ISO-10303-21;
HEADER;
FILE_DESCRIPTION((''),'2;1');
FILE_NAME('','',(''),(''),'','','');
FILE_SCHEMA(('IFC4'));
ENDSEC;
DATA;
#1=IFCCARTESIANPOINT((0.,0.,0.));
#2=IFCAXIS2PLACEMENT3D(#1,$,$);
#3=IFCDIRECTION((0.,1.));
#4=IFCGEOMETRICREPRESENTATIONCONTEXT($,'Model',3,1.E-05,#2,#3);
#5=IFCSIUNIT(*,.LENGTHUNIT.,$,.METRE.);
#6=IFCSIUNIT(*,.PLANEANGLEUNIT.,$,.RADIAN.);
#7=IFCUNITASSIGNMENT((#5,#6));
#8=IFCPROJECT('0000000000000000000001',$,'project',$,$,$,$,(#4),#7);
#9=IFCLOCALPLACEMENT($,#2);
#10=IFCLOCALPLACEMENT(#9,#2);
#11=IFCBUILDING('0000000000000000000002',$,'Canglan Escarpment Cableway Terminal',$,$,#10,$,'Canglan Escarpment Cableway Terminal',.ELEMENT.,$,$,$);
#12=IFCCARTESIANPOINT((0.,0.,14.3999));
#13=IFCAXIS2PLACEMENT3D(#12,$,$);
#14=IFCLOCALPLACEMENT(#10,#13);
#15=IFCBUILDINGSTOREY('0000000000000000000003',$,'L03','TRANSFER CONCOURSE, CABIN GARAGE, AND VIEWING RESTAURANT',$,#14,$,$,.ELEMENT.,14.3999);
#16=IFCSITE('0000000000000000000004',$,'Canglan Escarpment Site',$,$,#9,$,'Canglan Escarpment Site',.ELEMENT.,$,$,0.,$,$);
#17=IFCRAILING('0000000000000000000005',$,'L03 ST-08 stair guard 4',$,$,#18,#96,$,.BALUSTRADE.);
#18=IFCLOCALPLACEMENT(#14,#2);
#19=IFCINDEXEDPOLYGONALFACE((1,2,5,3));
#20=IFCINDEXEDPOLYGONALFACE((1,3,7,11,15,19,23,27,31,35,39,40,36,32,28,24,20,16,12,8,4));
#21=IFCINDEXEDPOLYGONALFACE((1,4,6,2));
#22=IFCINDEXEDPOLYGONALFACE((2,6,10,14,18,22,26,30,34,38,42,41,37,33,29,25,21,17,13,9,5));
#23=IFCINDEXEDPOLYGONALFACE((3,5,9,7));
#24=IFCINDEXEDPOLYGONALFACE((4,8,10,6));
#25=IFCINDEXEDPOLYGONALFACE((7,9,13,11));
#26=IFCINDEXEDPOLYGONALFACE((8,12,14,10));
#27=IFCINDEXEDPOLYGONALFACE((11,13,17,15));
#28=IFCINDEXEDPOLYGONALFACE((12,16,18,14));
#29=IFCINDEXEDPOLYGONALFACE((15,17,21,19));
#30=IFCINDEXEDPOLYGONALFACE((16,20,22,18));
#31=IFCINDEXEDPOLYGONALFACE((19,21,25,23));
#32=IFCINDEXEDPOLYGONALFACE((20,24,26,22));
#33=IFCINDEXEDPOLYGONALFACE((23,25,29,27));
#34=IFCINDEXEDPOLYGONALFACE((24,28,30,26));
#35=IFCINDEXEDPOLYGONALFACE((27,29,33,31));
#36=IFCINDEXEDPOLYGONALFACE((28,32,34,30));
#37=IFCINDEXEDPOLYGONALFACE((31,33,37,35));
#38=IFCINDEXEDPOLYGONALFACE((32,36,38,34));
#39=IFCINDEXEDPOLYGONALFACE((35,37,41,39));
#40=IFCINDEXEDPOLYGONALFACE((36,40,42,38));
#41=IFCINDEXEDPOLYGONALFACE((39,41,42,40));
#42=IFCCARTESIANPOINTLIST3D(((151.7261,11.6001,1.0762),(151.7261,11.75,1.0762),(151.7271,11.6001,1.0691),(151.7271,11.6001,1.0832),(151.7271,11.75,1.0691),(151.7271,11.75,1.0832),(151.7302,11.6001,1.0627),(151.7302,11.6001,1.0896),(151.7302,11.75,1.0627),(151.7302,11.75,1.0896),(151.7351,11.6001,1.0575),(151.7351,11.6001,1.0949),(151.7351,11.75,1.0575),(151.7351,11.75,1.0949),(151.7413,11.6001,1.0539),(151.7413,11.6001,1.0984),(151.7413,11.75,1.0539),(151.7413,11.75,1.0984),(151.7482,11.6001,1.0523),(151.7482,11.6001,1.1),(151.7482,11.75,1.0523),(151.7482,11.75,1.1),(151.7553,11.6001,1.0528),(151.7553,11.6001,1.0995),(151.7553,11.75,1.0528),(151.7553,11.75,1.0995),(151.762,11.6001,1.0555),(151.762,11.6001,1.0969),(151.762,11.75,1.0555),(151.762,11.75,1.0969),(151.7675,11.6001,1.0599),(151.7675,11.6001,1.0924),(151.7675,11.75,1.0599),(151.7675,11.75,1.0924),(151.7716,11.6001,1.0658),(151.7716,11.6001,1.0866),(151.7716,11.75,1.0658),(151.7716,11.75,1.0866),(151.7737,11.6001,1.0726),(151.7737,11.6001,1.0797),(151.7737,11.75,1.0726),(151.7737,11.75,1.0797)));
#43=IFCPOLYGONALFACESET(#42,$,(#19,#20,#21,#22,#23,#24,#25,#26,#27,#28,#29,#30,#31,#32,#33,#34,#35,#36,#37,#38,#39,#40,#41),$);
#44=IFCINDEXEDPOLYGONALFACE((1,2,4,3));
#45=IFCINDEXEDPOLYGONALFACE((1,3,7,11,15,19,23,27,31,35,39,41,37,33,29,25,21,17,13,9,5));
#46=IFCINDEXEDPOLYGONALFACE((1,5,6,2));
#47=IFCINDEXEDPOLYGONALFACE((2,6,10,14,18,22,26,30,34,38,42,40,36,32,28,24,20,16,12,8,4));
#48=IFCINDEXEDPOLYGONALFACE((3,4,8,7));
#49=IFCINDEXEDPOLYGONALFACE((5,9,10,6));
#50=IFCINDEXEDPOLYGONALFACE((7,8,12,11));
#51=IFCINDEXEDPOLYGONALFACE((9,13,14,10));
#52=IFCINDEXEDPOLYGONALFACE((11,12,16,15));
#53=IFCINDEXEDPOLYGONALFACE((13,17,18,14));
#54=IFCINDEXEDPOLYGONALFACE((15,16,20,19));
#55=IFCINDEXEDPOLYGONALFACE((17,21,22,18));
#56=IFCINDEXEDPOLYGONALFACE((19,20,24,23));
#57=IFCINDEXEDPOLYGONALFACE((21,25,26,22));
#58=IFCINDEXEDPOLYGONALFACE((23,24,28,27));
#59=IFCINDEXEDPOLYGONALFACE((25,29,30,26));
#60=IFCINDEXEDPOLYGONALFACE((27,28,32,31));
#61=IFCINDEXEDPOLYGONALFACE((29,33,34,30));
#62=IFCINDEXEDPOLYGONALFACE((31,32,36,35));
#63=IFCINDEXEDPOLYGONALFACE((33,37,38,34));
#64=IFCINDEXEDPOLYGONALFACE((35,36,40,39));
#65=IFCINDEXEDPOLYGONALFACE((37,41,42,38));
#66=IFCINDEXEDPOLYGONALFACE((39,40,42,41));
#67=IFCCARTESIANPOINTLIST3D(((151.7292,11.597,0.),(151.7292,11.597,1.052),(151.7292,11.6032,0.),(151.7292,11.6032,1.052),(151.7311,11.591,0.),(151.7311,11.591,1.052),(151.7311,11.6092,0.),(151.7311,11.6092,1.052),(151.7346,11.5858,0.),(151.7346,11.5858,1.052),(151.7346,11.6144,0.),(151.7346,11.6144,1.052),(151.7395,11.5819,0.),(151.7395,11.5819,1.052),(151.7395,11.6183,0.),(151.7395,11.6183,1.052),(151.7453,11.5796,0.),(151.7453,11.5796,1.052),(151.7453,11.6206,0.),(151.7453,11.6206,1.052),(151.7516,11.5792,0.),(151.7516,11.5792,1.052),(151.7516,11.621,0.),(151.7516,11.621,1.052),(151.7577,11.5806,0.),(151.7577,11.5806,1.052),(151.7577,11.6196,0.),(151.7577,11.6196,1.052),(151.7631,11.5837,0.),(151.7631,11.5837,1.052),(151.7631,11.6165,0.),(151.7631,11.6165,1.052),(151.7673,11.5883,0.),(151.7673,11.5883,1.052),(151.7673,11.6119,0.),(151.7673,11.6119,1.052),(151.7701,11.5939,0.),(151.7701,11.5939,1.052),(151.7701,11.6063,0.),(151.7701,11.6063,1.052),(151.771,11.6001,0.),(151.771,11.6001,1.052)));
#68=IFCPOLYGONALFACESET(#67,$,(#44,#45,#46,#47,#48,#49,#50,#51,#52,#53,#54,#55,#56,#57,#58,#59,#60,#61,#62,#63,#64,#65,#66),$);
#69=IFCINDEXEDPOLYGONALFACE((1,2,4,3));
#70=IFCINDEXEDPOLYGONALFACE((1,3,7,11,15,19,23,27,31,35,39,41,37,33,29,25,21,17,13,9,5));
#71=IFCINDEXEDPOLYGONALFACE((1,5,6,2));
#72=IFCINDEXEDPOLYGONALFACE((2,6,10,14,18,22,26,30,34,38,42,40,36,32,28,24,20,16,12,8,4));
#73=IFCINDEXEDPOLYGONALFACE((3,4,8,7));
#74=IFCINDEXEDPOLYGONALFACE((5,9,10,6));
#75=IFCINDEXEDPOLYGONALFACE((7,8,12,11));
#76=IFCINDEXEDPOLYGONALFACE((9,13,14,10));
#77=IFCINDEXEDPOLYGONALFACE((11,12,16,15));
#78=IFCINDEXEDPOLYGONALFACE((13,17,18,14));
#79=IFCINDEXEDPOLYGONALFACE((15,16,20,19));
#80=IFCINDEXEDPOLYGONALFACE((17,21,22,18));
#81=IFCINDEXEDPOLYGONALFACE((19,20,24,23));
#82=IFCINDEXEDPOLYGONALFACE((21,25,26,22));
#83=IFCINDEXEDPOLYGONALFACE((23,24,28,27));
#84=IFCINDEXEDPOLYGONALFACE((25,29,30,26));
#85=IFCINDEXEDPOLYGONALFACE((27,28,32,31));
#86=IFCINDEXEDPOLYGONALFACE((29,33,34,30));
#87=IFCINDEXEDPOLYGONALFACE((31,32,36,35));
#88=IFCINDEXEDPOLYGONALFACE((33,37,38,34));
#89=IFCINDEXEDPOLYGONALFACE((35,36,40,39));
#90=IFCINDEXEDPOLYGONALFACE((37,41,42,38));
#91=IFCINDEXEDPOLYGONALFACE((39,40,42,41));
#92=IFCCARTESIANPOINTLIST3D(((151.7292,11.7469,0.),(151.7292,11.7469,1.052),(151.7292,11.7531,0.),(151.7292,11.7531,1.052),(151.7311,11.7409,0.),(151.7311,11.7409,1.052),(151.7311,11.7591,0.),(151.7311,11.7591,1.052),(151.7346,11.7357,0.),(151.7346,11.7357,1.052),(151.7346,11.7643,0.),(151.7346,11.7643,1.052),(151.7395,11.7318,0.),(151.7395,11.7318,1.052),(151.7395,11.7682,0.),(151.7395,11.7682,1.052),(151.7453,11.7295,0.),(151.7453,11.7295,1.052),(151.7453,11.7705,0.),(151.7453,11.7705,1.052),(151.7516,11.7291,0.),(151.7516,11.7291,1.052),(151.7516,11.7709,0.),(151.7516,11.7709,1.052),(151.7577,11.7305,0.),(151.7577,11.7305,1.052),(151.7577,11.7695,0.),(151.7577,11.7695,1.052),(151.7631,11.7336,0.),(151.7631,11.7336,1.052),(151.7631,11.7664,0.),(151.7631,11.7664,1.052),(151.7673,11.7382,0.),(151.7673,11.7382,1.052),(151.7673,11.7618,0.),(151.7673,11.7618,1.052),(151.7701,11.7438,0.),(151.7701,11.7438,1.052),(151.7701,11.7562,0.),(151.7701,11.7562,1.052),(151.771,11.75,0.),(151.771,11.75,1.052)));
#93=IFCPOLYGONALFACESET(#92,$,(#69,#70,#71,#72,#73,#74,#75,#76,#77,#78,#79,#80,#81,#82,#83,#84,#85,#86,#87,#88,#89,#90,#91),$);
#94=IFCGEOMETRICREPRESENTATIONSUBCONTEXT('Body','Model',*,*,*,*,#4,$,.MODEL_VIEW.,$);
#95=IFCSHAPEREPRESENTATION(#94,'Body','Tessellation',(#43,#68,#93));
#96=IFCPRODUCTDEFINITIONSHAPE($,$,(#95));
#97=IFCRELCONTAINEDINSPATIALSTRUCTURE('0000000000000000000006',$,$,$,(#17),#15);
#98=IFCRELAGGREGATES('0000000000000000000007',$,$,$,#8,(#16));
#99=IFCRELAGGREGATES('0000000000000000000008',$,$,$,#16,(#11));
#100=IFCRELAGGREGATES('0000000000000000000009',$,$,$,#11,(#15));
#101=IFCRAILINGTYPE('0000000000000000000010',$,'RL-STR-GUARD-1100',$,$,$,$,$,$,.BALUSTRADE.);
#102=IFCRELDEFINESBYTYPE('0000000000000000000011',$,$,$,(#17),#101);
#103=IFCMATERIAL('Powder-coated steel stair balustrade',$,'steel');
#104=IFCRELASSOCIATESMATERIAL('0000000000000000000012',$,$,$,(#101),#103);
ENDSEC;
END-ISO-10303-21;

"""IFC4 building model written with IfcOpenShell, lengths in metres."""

from ifc_helpers import new_model, si_unit, direction, frame, origin, origin_2d, place, context, subcontext, project, spatial, circle, extrude, material, type_object, element, save


model = new_model("IFC4")

# Units and contexts
model_context = context("Model", 3, precision=1e-05, world=origin(), true_north=direction((0.0, 1.0)))
body_context = subcontext(model_context, "Body", "Model", "MODEL_VIEW")
ifc_project = project(units=[si_unit("LENGTHUNIT", "METRE"), si_unit("PLANEANGLEUNIT", "RADIAN")], contexts=[model_context])

# Site, building, storey
site_placement = place(None, origin())
site = spatial("IfcSite", under=ifc_project, at=site_placement, Name="Canglan Escarpment Site", LongName="Canglan Escarpment Site", CompositionType="ELEMENT", RefElevation=0.0)
building_placement = place(site_placement, origin())
building = spatial("IfcBuilding", under=site, at=building_placement, Name="Canglan Escarpment Cableway Terminal", LongName="Canglan Escarpment Cableway Terminal", CompositionType="ELEMENT")
storey_placement = place(building_placement, frame((0.0, 0.0, 14.3999)))
storey = spatial("IfcBuildingStorey", under=building, at=storey_placement, Name="L03", Description="TRANSFER CONCOURSE, CABIN GARAGE, AND VIEWING RESTAURANT", CompositionType="ELEMENT", Elevation=14.3999)

# Railing
ifc_material_1 = material(Name="Powder-coated steel stair balustrade", Category="steel")
railing_type_1 = type_object("IfcRailingType", Name="RL-STR-GUARD-1100", PredefinedType="BALUSTRADE", material=ifc_material_1)
railing_1_placement = place(storey_placement, frame((151.75, 11.6001, 0.0)))
element("IfcRailing", 1, at=railing_1_placement, inside=storey, type_object=railing_type_1, Name="L03 ST-08 stair guard 4", PredefinedType="BALUSTRADE", context=body_context, shape_type="SweptSolid", body=[
    extrude(circle(Radius=0.0239, at=origin_2d()), frame((0.0, 0.0, 1.0762), z_axis=(0.0, 1.0, 0.0), x_axis=(-1.0, 0.0, 0.0)), (0.0, 0.0, 1.0), 0.1499),
    extrude(circle(Radius=0.021, at=origin_2d()), origin(), (0.0, 0.0, 1.0), 1.052),
    extrude(circle(Radius=0.021, at=origin_2d()), frame((0.0, 0.1499, 0.0)), (0.0, 0.0, 1.0), 1.052),
])

save(model, "model.ifc")
